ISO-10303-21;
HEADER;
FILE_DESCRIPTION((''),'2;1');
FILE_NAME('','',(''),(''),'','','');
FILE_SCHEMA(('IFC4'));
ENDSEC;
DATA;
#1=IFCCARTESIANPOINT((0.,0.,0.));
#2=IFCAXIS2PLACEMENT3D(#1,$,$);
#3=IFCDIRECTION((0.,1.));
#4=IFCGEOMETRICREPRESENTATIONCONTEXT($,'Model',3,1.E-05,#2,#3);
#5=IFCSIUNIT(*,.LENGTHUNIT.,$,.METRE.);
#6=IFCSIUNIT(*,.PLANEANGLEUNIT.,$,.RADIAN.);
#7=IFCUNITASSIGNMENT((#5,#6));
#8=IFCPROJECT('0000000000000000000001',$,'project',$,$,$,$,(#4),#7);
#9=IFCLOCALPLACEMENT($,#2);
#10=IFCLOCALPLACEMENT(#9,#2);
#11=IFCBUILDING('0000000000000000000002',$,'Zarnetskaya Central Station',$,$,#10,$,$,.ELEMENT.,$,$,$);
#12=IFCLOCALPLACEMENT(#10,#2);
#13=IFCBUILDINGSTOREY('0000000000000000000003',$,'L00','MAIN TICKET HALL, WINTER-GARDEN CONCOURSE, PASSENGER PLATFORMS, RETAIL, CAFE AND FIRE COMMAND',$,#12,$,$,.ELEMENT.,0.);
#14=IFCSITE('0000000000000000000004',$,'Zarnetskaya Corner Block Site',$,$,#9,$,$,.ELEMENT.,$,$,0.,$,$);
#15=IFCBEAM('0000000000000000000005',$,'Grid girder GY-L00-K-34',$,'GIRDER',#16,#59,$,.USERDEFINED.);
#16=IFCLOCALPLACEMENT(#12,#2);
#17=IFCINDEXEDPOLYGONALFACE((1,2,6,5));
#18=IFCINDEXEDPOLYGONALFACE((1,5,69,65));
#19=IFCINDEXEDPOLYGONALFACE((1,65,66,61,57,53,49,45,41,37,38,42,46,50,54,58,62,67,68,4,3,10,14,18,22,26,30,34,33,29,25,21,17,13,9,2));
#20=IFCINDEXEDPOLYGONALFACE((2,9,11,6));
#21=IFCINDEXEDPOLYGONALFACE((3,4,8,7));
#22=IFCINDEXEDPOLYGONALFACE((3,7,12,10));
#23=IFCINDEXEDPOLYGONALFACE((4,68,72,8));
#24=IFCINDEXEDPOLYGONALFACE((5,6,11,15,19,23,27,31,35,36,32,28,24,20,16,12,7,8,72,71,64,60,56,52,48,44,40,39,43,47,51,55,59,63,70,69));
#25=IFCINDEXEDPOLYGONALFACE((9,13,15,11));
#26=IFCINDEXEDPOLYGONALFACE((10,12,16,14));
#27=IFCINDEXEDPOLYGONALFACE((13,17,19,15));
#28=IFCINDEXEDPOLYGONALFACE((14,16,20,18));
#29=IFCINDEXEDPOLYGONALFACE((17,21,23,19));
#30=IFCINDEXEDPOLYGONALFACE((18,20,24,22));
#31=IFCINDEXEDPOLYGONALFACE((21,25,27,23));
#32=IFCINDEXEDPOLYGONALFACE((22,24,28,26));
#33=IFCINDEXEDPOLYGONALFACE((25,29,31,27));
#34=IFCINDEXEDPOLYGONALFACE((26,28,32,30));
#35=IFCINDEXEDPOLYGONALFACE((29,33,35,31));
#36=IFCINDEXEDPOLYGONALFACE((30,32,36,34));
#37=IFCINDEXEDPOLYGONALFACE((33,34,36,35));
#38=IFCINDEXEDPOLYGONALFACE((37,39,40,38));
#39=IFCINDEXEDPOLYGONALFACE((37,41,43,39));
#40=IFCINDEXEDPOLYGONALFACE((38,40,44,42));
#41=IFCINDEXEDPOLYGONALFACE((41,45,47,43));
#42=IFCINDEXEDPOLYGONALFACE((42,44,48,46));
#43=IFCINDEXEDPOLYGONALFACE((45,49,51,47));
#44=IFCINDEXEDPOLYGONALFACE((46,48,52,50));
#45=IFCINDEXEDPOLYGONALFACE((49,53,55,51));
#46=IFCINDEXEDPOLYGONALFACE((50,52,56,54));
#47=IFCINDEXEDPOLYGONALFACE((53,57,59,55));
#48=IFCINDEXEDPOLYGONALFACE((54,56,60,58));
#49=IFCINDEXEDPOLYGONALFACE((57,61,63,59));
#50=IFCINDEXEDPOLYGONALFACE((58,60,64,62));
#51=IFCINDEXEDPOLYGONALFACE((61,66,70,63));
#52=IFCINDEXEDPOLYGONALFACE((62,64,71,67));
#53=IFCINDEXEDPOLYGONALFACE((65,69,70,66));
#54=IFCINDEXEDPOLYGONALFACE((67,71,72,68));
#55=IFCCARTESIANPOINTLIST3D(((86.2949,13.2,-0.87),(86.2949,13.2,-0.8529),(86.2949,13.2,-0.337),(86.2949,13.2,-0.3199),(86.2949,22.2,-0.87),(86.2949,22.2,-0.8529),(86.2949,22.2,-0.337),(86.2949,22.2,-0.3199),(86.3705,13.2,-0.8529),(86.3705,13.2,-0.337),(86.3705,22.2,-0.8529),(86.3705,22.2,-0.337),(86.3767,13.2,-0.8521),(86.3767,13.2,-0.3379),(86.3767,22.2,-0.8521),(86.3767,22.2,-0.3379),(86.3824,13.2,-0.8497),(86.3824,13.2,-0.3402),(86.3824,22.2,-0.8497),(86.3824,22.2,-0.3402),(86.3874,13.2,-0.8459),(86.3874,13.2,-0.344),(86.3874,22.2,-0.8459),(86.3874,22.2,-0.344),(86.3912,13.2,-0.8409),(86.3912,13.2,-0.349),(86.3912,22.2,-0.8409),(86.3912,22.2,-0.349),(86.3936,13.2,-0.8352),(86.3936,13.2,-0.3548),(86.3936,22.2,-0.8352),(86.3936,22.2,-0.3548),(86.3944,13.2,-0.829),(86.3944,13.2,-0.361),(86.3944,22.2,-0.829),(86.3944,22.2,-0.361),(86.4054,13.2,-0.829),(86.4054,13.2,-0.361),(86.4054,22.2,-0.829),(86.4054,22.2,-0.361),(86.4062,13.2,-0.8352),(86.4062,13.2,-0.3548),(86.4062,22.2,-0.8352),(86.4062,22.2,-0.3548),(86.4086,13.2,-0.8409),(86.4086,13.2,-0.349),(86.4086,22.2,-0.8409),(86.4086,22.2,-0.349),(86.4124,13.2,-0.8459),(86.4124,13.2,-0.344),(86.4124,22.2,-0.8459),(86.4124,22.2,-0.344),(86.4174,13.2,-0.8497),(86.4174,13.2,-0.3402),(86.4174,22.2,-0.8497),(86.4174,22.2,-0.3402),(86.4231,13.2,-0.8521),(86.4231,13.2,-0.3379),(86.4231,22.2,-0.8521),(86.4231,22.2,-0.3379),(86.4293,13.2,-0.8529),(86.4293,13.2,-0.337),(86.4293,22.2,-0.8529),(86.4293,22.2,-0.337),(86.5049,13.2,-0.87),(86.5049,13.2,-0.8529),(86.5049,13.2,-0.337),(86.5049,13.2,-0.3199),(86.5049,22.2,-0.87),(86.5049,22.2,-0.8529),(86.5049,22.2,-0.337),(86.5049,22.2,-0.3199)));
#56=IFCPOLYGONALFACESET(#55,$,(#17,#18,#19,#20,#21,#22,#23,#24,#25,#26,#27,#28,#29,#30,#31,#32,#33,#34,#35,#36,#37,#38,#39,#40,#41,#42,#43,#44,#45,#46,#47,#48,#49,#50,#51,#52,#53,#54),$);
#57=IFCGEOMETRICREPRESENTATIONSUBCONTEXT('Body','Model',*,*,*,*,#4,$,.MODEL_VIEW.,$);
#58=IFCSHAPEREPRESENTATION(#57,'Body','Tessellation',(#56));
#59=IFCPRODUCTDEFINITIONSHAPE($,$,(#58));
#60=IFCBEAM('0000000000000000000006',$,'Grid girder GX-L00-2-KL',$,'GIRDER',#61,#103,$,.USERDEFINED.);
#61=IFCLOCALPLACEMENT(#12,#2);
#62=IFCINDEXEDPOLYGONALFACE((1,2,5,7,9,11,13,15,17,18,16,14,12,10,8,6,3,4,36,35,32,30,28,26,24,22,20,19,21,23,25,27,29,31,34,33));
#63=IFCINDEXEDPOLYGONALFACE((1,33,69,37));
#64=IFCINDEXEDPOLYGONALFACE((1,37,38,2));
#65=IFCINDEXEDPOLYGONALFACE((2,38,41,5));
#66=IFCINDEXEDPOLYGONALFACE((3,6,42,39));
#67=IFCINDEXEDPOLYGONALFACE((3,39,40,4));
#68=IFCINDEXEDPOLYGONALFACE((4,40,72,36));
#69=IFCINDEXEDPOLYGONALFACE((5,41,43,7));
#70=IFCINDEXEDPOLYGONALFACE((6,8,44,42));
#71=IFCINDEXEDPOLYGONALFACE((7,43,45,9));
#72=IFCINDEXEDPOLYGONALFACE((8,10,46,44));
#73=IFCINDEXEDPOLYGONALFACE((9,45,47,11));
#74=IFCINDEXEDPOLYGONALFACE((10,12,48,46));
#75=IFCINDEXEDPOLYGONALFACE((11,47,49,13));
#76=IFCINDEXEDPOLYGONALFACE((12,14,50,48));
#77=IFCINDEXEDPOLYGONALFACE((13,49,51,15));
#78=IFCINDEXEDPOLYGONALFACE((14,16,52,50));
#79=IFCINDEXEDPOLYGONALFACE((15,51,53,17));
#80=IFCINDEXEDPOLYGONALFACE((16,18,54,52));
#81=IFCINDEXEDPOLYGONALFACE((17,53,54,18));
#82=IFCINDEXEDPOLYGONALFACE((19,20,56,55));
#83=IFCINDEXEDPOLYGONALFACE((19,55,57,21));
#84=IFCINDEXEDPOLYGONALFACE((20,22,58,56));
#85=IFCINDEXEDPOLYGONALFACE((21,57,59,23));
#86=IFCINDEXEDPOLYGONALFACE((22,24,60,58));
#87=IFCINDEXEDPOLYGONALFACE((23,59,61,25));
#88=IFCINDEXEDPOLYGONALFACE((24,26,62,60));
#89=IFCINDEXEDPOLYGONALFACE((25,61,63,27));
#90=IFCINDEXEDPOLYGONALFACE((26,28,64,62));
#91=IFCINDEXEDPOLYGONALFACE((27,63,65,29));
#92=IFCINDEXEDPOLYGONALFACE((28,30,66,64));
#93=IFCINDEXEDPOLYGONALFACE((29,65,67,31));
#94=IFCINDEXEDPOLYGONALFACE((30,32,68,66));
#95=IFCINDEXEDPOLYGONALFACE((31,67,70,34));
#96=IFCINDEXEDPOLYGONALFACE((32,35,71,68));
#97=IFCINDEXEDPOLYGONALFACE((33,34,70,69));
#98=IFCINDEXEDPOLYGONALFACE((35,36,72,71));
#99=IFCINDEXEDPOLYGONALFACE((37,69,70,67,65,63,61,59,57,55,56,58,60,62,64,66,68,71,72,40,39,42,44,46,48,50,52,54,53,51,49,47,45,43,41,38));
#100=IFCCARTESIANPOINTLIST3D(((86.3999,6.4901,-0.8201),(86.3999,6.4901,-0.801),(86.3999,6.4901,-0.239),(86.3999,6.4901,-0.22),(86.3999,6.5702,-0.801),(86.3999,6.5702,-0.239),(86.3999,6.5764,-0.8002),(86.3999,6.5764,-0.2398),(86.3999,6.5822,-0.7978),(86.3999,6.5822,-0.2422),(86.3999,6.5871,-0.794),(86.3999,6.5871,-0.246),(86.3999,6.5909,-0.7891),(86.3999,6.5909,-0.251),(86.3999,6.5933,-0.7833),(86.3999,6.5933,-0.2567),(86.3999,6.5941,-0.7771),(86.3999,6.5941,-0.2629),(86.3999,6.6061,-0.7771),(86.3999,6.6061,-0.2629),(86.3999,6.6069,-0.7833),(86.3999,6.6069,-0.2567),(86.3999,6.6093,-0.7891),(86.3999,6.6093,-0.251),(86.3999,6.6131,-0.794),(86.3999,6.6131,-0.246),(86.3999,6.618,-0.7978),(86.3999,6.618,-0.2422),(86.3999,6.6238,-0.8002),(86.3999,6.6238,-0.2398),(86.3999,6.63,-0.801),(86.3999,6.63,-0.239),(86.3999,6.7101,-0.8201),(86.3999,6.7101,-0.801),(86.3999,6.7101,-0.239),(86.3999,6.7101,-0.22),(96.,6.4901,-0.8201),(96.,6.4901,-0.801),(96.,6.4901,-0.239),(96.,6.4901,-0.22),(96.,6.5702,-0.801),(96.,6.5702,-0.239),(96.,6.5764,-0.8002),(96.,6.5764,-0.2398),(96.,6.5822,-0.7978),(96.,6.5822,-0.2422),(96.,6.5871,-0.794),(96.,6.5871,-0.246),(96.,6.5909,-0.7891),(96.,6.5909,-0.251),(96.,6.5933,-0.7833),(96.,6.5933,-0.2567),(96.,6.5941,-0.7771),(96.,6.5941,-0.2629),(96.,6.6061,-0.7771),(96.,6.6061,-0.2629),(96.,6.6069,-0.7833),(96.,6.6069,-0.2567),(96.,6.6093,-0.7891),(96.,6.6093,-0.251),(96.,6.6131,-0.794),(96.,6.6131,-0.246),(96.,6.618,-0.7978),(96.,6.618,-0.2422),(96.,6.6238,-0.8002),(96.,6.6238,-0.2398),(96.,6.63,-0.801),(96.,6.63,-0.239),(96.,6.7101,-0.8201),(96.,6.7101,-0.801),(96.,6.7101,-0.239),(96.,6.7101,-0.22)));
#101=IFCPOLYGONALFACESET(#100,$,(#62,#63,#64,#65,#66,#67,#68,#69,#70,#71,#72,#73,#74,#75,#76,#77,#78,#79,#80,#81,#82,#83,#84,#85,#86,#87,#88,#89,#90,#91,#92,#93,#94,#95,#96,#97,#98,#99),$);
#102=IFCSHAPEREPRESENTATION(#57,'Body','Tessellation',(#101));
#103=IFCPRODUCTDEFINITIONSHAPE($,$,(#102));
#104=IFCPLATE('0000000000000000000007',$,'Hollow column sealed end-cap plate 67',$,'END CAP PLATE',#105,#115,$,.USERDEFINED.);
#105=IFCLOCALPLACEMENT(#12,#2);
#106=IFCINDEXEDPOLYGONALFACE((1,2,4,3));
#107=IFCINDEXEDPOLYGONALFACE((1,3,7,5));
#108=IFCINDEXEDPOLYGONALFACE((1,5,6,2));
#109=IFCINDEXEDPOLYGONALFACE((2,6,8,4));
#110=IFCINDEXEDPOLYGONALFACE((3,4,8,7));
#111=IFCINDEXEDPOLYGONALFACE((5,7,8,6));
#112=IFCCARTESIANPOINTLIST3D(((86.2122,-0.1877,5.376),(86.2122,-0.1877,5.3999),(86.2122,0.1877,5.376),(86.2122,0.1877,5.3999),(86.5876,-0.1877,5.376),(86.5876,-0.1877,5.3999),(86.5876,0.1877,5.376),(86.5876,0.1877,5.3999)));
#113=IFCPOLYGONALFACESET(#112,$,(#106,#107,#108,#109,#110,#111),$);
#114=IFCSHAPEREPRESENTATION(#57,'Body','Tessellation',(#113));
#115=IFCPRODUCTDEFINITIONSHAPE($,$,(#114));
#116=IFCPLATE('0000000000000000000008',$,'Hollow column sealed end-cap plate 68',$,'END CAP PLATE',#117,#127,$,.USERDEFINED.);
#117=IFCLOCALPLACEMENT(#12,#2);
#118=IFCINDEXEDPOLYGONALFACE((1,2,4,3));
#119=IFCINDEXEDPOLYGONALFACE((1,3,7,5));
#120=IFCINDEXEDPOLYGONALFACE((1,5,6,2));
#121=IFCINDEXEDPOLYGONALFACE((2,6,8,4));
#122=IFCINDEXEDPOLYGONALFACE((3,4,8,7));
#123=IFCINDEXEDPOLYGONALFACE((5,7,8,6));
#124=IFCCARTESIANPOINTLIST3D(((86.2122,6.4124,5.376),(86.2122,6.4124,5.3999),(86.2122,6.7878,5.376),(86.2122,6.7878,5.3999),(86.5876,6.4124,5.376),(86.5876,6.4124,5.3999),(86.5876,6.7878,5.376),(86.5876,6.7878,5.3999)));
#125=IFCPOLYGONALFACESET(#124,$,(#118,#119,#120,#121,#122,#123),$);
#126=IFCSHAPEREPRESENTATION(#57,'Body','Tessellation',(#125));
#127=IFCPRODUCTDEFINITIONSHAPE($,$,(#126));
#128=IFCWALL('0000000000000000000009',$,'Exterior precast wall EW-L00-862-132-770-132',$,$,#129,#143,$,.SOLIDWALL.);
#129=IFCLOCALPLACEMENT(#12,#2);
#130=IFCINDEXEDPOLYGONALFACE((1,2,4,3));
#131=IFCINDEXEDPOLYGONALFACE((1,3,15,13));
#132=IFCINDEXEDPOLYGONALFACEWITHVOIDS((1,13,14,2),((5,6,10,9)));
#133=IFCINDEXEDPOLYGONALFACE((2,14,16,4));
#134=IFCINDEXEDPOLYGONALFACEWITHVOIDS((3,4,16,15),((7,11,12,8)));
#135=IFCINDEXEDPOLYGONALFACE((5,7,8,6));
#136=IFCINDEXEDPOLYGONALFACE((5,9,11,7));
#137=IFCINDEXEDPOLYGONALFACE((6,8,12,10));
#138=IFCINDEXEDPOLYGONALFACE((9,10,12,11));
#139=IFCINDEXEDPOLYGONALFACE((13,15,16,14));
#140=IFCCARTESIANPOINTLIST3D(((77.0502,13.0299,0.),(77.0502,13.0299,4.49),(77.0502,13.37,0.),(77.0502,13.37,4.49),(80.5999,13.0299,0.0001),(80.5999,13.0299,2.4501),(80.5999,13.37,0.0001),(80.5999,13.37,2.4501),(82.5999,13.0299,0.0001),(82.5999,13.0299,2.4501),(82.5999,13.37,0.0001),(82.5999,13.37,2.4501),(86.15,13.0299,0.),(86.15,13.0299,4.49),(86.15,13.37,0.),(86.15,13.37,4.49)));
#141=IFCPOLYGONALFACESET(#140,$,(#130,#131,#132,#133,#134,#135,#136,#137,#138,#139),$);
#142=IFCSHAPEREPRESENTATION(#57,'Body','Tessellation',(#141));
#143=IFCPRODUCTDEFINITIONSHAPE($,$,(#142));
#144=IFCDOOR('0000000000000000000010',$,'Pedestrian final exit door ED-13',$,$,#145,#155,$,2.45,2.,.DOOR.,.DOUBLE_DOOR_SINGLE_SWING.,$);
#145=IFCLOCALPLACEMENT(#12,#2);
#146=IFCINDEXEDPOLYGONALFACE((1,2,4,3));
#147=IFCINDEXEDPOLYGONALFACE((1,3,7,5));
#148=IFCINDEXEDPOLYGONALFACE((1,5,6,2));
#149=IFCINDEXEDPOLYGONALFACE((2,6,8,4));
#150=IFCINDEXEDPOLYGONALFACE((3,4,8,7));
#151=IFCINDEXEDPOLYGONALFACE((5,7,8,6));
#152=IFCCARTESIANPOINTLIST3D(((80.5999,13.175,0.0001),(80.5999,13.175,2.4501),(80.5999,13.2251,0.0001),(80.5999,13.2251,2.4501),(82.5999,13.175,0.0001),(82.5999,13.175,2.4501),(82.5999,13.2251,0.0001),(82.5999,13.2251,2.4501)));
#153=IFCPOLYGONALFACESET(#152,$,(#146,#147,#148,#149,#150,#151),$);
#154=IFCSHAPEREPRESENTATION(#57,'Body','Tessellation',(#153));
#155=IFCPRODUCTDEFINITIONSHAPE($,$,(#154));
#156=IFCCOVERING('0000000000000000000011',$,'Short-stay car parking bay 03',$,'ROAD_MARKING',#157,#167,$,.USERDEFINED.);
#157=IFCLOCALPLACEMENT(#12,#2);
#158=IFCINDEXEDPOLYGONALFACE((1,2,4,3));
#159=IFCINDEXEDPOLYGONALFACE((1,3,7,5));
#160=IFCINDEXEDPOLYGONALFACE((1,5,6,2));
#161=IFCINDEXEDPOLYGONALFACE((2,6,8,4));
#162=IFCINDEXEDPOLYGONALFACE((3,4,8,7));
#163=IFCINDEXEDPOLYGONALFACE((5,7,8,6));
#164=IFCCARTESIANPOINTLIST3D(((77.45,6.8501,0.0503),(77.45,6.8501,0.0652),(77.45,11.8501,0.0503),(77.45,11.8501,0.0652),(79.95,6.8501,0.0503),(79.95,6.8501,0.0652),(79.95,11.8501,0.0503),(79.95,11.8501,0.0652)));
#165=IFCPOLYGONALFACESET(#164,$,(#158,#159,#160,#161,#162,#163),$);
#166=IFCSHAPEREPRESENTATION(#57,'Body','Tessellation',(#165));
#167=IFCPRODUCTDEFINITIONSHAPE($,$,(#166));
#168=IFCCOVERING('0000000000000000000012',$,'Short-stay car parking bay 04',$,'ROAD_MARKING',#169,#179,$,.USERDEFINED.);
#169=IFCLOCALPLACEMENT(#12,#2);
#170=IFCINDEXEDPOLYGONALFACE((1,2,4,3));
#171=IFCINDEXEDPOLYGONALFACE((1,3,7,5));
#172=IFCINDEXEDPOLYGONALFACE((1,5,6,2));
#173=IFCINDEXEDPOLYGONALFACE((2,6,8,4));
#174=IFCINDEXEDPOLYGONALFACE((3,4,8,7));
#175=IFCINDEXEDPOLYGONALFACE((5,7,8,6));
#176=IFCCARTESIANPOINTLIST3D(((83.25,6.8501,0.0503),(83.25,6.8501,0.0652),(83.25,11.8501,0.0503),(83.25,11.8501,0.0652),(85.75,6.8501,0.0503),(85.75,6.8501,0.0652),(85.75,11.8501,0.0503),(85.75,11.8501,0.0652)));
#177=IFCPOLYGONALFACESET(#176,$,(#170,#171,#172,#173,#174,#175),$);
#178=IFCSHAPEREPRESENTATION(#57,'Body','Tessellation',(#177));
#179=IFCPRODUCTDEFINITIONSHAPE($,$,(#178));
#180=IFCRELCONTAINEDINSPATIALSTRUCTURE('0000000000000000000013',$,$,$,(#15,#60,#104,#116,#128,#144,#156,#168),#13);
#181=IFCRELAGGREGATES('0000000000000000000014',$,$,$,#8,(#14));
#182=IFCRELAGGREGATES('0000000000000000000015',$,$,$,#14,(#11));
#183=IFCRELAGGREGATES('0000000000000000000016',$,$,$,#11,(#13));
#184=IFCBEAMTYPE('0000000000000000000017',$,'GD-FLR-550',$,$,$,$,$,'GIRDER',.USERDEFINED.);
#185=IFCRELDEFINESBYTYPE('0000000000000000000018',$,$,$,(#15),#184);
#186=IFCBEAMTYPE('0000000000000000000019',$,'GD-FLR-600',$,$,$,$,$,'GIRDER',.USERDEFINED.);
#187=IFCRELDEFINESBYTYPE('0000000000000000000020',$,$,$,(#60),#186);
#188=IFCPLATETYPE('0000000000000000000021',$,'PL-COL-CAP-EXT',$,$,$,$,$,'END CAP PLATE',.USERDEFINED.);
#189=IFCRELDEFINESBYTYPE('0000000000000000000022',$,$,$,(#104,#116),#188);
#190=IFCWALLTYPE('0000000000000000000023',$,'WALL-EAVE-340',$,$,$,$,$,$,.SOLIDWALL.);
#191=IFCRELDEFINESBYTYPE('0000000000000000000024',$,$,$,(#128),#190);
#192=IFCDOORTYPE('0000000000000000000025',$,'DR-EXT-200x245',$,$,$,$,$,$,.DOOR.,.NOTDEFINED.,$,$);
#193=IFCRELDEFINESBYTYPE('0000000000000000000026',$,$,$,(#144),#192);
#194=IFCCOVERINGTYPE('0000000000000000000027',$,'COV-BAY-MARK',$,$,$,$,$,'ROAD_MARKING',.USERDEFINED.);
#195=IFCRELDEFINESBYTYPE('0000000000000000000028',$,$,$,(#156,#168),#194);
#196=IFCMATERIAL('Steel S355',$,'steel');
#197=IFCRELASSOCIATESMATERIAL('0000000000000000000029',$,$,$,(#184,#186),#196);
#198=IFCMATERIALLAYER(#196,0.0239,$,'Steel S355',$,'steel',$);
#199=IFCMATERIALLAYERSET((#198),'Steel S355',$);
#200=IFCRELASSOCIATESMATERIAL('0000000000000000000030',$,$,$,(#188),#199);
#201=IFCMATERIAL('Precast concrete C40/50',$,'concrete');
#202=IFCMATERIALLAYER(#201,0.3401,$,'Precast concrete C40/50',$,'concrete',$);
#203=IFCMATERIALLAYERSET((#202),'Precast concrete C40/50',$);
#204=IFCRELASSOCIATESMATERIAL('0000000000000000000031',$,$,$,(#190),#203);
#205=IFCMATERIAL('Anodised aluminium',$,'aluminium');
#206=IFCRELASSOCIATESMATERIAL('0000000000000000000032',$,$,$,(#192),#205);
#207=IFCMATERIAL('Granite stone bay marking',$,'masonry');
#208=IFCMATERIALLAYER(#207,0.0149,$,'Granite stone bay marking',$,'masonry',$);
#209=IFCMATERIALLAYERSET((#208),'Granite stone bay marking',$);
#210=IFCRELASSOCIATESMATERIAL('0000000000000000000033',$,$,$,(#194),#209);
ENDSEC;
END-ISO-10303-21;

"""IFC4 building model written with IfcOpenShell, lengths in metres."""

from ifc_helpers import new_model, si_unit, direction, frame, frame_2d, origin, origin_2d, place, context, subcontext, project, spatial, rectangle, i_section, extrude, material, layer, layer_set, material_profile, profile_set, type_object, element, fill, save


model = new_model("IFC4")

# Units and contexts
model_context = context("Model", 3, precision=1e-05, world=origin(), true_north=direction((0.0, 1.0)))
body_context = subcontext(model_context, "Body", "Model", "MODEL_VIEW")
ifc_project = project(units=[si_unit("LENGTHUNIT", "METRE"), si_unit("PLANEANGLEUNIT", "RADIAN")], contexts=[model_context])

# Site, building, storey
site_placement = place(None, origin())
site = spatial("IfcSite", under=ifc_project, at=site_placement, Name="Zarnetskaya Corner Block Site", CompositionType="ELEMENT", RefElevation=0.0)
building_placement = place(site_placement, origin())
building = spatial("IfcBuilding", under=site, at=building_placement, Name="Zarnetskaya Central Station", CompositionType="ELEMENT")
storey_placement = place(building_placement, origin())
storey = spatial("IfcBuildingStorey", under=building, at=storey_placement, Name="L00", Description="MAIN TICKET HALL, WINTER-GARDEN CONCOURSE, PASSENGER PLATFORMS, RETAIL, CAFE AND FIRE COMMAND", CompositionType="ELEMENT", Elevation=0.0)

# Shared definitions
ifc_material_1 = material(Name="Steel S355", Category="steel")
ifc_material_2 = material(Name="Precast concrete C40/50", Category="concrete")

# Beams
ifc_material_profile_1 = material_profile(ifc_material_1, i_section(OverallWidth=0.21, OverallDepth=0.55, WebThickness=0.011, FlangeThickness=0.0171, FilletRadius=0.0239, at=origin_2d()), Name="IPE 550")
ifc_profile_set_1 = profile_set([ifc_material_profile_1], Name="Steel S355")
beam_type_1 = type_object("IfcBeamType", Name="GD-FLR-550", ElementType="GIRDER", PredefinedType="USERDEFINED", material=ifc_profile_set_1)
beam_1_placement = place(storey_placement, frame((86.3999, 13.2, -0.595), z_axis=(0.0, 1.0, 0.0), x_axis=(-1.0, 0.0, 0.0)))
element("IfcBeam", 1, at=beam_1_placement, inside=storey, type_object=beam_type_1, Name="Grid girder GY-L00-K-34", ObjectType="GIRDER", PredefinedType="USERDEFINED", context=body_context, shape_type="SweptSolid", body=[
    extrude(i_section(OverallWidth=0.21, OverallDepth=0.55, WebThickness=0.011, FlangeThickness=0.0171, FilletRadius=0.0239, at=origin_2d()), origin(), (0.0, 0.0, 1.0), 9.0),
])
ifc_material_profile_2 = material_profile(ifc_material_1, i_section(OverallWidth=0.22, OverallDepth=0.6001, WebThickness=0.012, FlangeThickness=0.019, FilletRadius=0.0239, at=origin_2d()), Name="IPE 600")
ifc_profile_set_2 = profile_set([ifc_material_profile_2], Name="Steel S355")
beam_type_2 = type_object("IfcBeamType", Name="GD-FLR-600", ElementType="GIRDER", PredefinedType="USERDEFINED", material=ifc_profile_set_2)
beam_2_placement = place(storey_placement, frame((86.3999, 6.6001, -0.52), z_axis=(1.0, 0.0, 0.0), x_axis=(0.0, 1.0, 0.0)))
element("IfcBeam", 2, at=beam_2_placement, inside=storey, type_object=beam_type_2, Name="Grid girder GX-L00-2-KL", ObjectType="GIRDER", PredefinedType="USERDEFINED", context=body_context, shape_type="SweptSolid", body=[
    extrude(i_section(OverallWidth=0.22, OverallDepth=0.6001, WebThickness=0.012, FlangeThickness=0.019, FilletRadius=0.0239, at=origin_2d()), origin(), (0.0, 0.0, 1.0), 9.6001),
])

# Plates
ifc_layer_1 = layer(ifc_material_1, 0.0239, Name="Steel S355", Category="steel")
ifc_layer_set_1 = layer_set([ifc_layer_1], Name="Steel S355")
plate_type = type_object("IfcPlateType", Name="PL-COL-CAP-EXT", ElementType="END CAP PLATE", PredefinedType="USERDEFINED", material=ifc_layer_set_1)
for number, where, z_axis, x_axis, name in (
    (3, (86.3999, 0.0, 5.376), (0.0, 0.0, 1.0), (1.0, 0.0, 0.0), "Hollow column sealed end-cap plate 67"),
    (4, (86.3999, 6.6001, 5.376), (0.0, 0.0, 1.0), (1.0, 0.0, 0.0), "Hollow column sealed end-cap plate 68"),
):
    element("IfcPlate", number, at=place(storey_placement, frame(where, z_axis=z_axis, x_axis=x_axis)), inside=storey, type_object=plate_type, Name=name, ObjectType="END CAP PLATE", PredefinedType="USERDEFINED", context=body_context, shape_type="SweptSolid", body=[
        extrude(rectangle(XDim=0.3755, YDim=0.3755, at=origin_2d()), origin(), (0.0, 0.0, 1.0), 0.0239),
    ])

# Wall, opening, door
ifc_layer_2 = layer(ifc_material_2, 0.3401, Name="Precast concrete C40/50", Category="concrete")
ifc_layer_set_2 = layer_set([ifc_layer_2], Name="Precast concrete C40/50")
wall_type = type_object("IfcWallType", Name="WALL-EAVE-340", PredefinedType="SOLIDWALL", material=ifc_layer_set_2)
wall_placement = place(storey_placement, frame((86.1499, 13.2, 0.0), z_axis=(0.0, 0.0, 1.0), x_axis=(-1.0, 0.0, 0.0)))
wall = element("IfcWall", 5, at=wall_placement, inside=storey, type_object=wall_type, Name="Exterior precast wall EW-L00-862-132-770-132", PredefinedType="SOLIDWALL", context=body_context, shape_type="SweptSolid", body=[
    extrude(rectangle(XDim=9.0999, YDim=0.3401, at=frame_2d((4.5498, 0.0))), origin(), (0.0, 0.0, 1.0), 4.49),
])
opening_placement = place(wall_placement, frame((3.55, 0.0, 0.0)))
opening = element("IfcOpeningElement", 6, at=opening_placement, cuts=wall, PredefinedType="OPENING", context=body_context, shape_type="SweptSolid", body=[
    extrude(rectangle(XDim=2.0, YDim=2.45, at=frame_2d((1.0, 1.2251))), frame((0.0, 0.1802, 0.0), z_axis=(0.0, -1.0, 0.0), x_axis=(1.0, 0.0, 0.0)), (0.0, 0.0, 1.0), 0.3601),
])
ifc_material_3 = material(Name="Anodised aluminium", Category="aluminium")
door_type = type_object("IfcDoorType", Name="DR-EXT-200x245", OperationType="NOTDEFINED", PredefinedType="DOOR", material=ifc_material_3)
door_placement = place(opening_placement, origin())
door = element("IfcDoor", 7, at=door_placement, inside=storey, type_object=door_type, Name="Pedestrian final exit door ED-13", OperationType="DOUBLE_DOOR_SINGLE_SWING", OverallHeight=2.45, OverallWidth=2.0, PredefinedType="DOOR", context=body_context, shape_type="SweptSolid", body=[
    extrude(rectangle(XDim=2.0, YDim=2.45, at=frame_2d((1.0, 1.2251))), frame((0.0, 0.0249, 0.0), z_axis=(0.0, -1.0, 0.0), x_axis=(1.0, 0.0, 0.0)), (0.0, 0.0, 1.0), 0.05),
])
fill(opening, door)

# Coverings
ifc_material_4 = material(Name="Granite stone bay marking", Category="masonry")
ifc_layer_3 = layer(ifc_material_4, 0.0149, Name="Granite stone bay marking", Category="masonry")
ifc_layer_set_3 = layer_set([ifc_layer_3], Name="Granite stone bay marking")
covering_type = type_object("IfcCoveringType", Name="COV-BAY-MARK", ElementType="ROAD_MARKING", PredefinedType="USERDEFINED", material=ifc_layer_set_3)
for number, where, z_axis, x_axis, name in (
    (8, (78.7, 9.3501, 0.0503), (0.0, 0.0, 1.0), (1.0, 0.0, 0.0), "Short-stay car parking bay 03"),
    (9, (84.5, 9.3501, 0.0503), (0.0, 0.0, 1.0), (1.0, 0.0, 0.0), "Short-stay car parking bay 04"),
):
    element("IfcCovering", number, at=place(storey_placement, frame(where, z_axis=z_axis, x_axis=x_axis)), inside=storey, type_object=covering_type, Name=name, ObjectType="ROAD_MARKING", PredefinedType="USERDEFINED", context=body_context, shape_type="SweptSolid", body=[
        extrude(rectangle(XDim=2.5, YDim=5.0, at=origin_2d()), origin(), (0.0, 0.0, 1.0), 0.0149),
    ])

save(model, "model.ifc")
